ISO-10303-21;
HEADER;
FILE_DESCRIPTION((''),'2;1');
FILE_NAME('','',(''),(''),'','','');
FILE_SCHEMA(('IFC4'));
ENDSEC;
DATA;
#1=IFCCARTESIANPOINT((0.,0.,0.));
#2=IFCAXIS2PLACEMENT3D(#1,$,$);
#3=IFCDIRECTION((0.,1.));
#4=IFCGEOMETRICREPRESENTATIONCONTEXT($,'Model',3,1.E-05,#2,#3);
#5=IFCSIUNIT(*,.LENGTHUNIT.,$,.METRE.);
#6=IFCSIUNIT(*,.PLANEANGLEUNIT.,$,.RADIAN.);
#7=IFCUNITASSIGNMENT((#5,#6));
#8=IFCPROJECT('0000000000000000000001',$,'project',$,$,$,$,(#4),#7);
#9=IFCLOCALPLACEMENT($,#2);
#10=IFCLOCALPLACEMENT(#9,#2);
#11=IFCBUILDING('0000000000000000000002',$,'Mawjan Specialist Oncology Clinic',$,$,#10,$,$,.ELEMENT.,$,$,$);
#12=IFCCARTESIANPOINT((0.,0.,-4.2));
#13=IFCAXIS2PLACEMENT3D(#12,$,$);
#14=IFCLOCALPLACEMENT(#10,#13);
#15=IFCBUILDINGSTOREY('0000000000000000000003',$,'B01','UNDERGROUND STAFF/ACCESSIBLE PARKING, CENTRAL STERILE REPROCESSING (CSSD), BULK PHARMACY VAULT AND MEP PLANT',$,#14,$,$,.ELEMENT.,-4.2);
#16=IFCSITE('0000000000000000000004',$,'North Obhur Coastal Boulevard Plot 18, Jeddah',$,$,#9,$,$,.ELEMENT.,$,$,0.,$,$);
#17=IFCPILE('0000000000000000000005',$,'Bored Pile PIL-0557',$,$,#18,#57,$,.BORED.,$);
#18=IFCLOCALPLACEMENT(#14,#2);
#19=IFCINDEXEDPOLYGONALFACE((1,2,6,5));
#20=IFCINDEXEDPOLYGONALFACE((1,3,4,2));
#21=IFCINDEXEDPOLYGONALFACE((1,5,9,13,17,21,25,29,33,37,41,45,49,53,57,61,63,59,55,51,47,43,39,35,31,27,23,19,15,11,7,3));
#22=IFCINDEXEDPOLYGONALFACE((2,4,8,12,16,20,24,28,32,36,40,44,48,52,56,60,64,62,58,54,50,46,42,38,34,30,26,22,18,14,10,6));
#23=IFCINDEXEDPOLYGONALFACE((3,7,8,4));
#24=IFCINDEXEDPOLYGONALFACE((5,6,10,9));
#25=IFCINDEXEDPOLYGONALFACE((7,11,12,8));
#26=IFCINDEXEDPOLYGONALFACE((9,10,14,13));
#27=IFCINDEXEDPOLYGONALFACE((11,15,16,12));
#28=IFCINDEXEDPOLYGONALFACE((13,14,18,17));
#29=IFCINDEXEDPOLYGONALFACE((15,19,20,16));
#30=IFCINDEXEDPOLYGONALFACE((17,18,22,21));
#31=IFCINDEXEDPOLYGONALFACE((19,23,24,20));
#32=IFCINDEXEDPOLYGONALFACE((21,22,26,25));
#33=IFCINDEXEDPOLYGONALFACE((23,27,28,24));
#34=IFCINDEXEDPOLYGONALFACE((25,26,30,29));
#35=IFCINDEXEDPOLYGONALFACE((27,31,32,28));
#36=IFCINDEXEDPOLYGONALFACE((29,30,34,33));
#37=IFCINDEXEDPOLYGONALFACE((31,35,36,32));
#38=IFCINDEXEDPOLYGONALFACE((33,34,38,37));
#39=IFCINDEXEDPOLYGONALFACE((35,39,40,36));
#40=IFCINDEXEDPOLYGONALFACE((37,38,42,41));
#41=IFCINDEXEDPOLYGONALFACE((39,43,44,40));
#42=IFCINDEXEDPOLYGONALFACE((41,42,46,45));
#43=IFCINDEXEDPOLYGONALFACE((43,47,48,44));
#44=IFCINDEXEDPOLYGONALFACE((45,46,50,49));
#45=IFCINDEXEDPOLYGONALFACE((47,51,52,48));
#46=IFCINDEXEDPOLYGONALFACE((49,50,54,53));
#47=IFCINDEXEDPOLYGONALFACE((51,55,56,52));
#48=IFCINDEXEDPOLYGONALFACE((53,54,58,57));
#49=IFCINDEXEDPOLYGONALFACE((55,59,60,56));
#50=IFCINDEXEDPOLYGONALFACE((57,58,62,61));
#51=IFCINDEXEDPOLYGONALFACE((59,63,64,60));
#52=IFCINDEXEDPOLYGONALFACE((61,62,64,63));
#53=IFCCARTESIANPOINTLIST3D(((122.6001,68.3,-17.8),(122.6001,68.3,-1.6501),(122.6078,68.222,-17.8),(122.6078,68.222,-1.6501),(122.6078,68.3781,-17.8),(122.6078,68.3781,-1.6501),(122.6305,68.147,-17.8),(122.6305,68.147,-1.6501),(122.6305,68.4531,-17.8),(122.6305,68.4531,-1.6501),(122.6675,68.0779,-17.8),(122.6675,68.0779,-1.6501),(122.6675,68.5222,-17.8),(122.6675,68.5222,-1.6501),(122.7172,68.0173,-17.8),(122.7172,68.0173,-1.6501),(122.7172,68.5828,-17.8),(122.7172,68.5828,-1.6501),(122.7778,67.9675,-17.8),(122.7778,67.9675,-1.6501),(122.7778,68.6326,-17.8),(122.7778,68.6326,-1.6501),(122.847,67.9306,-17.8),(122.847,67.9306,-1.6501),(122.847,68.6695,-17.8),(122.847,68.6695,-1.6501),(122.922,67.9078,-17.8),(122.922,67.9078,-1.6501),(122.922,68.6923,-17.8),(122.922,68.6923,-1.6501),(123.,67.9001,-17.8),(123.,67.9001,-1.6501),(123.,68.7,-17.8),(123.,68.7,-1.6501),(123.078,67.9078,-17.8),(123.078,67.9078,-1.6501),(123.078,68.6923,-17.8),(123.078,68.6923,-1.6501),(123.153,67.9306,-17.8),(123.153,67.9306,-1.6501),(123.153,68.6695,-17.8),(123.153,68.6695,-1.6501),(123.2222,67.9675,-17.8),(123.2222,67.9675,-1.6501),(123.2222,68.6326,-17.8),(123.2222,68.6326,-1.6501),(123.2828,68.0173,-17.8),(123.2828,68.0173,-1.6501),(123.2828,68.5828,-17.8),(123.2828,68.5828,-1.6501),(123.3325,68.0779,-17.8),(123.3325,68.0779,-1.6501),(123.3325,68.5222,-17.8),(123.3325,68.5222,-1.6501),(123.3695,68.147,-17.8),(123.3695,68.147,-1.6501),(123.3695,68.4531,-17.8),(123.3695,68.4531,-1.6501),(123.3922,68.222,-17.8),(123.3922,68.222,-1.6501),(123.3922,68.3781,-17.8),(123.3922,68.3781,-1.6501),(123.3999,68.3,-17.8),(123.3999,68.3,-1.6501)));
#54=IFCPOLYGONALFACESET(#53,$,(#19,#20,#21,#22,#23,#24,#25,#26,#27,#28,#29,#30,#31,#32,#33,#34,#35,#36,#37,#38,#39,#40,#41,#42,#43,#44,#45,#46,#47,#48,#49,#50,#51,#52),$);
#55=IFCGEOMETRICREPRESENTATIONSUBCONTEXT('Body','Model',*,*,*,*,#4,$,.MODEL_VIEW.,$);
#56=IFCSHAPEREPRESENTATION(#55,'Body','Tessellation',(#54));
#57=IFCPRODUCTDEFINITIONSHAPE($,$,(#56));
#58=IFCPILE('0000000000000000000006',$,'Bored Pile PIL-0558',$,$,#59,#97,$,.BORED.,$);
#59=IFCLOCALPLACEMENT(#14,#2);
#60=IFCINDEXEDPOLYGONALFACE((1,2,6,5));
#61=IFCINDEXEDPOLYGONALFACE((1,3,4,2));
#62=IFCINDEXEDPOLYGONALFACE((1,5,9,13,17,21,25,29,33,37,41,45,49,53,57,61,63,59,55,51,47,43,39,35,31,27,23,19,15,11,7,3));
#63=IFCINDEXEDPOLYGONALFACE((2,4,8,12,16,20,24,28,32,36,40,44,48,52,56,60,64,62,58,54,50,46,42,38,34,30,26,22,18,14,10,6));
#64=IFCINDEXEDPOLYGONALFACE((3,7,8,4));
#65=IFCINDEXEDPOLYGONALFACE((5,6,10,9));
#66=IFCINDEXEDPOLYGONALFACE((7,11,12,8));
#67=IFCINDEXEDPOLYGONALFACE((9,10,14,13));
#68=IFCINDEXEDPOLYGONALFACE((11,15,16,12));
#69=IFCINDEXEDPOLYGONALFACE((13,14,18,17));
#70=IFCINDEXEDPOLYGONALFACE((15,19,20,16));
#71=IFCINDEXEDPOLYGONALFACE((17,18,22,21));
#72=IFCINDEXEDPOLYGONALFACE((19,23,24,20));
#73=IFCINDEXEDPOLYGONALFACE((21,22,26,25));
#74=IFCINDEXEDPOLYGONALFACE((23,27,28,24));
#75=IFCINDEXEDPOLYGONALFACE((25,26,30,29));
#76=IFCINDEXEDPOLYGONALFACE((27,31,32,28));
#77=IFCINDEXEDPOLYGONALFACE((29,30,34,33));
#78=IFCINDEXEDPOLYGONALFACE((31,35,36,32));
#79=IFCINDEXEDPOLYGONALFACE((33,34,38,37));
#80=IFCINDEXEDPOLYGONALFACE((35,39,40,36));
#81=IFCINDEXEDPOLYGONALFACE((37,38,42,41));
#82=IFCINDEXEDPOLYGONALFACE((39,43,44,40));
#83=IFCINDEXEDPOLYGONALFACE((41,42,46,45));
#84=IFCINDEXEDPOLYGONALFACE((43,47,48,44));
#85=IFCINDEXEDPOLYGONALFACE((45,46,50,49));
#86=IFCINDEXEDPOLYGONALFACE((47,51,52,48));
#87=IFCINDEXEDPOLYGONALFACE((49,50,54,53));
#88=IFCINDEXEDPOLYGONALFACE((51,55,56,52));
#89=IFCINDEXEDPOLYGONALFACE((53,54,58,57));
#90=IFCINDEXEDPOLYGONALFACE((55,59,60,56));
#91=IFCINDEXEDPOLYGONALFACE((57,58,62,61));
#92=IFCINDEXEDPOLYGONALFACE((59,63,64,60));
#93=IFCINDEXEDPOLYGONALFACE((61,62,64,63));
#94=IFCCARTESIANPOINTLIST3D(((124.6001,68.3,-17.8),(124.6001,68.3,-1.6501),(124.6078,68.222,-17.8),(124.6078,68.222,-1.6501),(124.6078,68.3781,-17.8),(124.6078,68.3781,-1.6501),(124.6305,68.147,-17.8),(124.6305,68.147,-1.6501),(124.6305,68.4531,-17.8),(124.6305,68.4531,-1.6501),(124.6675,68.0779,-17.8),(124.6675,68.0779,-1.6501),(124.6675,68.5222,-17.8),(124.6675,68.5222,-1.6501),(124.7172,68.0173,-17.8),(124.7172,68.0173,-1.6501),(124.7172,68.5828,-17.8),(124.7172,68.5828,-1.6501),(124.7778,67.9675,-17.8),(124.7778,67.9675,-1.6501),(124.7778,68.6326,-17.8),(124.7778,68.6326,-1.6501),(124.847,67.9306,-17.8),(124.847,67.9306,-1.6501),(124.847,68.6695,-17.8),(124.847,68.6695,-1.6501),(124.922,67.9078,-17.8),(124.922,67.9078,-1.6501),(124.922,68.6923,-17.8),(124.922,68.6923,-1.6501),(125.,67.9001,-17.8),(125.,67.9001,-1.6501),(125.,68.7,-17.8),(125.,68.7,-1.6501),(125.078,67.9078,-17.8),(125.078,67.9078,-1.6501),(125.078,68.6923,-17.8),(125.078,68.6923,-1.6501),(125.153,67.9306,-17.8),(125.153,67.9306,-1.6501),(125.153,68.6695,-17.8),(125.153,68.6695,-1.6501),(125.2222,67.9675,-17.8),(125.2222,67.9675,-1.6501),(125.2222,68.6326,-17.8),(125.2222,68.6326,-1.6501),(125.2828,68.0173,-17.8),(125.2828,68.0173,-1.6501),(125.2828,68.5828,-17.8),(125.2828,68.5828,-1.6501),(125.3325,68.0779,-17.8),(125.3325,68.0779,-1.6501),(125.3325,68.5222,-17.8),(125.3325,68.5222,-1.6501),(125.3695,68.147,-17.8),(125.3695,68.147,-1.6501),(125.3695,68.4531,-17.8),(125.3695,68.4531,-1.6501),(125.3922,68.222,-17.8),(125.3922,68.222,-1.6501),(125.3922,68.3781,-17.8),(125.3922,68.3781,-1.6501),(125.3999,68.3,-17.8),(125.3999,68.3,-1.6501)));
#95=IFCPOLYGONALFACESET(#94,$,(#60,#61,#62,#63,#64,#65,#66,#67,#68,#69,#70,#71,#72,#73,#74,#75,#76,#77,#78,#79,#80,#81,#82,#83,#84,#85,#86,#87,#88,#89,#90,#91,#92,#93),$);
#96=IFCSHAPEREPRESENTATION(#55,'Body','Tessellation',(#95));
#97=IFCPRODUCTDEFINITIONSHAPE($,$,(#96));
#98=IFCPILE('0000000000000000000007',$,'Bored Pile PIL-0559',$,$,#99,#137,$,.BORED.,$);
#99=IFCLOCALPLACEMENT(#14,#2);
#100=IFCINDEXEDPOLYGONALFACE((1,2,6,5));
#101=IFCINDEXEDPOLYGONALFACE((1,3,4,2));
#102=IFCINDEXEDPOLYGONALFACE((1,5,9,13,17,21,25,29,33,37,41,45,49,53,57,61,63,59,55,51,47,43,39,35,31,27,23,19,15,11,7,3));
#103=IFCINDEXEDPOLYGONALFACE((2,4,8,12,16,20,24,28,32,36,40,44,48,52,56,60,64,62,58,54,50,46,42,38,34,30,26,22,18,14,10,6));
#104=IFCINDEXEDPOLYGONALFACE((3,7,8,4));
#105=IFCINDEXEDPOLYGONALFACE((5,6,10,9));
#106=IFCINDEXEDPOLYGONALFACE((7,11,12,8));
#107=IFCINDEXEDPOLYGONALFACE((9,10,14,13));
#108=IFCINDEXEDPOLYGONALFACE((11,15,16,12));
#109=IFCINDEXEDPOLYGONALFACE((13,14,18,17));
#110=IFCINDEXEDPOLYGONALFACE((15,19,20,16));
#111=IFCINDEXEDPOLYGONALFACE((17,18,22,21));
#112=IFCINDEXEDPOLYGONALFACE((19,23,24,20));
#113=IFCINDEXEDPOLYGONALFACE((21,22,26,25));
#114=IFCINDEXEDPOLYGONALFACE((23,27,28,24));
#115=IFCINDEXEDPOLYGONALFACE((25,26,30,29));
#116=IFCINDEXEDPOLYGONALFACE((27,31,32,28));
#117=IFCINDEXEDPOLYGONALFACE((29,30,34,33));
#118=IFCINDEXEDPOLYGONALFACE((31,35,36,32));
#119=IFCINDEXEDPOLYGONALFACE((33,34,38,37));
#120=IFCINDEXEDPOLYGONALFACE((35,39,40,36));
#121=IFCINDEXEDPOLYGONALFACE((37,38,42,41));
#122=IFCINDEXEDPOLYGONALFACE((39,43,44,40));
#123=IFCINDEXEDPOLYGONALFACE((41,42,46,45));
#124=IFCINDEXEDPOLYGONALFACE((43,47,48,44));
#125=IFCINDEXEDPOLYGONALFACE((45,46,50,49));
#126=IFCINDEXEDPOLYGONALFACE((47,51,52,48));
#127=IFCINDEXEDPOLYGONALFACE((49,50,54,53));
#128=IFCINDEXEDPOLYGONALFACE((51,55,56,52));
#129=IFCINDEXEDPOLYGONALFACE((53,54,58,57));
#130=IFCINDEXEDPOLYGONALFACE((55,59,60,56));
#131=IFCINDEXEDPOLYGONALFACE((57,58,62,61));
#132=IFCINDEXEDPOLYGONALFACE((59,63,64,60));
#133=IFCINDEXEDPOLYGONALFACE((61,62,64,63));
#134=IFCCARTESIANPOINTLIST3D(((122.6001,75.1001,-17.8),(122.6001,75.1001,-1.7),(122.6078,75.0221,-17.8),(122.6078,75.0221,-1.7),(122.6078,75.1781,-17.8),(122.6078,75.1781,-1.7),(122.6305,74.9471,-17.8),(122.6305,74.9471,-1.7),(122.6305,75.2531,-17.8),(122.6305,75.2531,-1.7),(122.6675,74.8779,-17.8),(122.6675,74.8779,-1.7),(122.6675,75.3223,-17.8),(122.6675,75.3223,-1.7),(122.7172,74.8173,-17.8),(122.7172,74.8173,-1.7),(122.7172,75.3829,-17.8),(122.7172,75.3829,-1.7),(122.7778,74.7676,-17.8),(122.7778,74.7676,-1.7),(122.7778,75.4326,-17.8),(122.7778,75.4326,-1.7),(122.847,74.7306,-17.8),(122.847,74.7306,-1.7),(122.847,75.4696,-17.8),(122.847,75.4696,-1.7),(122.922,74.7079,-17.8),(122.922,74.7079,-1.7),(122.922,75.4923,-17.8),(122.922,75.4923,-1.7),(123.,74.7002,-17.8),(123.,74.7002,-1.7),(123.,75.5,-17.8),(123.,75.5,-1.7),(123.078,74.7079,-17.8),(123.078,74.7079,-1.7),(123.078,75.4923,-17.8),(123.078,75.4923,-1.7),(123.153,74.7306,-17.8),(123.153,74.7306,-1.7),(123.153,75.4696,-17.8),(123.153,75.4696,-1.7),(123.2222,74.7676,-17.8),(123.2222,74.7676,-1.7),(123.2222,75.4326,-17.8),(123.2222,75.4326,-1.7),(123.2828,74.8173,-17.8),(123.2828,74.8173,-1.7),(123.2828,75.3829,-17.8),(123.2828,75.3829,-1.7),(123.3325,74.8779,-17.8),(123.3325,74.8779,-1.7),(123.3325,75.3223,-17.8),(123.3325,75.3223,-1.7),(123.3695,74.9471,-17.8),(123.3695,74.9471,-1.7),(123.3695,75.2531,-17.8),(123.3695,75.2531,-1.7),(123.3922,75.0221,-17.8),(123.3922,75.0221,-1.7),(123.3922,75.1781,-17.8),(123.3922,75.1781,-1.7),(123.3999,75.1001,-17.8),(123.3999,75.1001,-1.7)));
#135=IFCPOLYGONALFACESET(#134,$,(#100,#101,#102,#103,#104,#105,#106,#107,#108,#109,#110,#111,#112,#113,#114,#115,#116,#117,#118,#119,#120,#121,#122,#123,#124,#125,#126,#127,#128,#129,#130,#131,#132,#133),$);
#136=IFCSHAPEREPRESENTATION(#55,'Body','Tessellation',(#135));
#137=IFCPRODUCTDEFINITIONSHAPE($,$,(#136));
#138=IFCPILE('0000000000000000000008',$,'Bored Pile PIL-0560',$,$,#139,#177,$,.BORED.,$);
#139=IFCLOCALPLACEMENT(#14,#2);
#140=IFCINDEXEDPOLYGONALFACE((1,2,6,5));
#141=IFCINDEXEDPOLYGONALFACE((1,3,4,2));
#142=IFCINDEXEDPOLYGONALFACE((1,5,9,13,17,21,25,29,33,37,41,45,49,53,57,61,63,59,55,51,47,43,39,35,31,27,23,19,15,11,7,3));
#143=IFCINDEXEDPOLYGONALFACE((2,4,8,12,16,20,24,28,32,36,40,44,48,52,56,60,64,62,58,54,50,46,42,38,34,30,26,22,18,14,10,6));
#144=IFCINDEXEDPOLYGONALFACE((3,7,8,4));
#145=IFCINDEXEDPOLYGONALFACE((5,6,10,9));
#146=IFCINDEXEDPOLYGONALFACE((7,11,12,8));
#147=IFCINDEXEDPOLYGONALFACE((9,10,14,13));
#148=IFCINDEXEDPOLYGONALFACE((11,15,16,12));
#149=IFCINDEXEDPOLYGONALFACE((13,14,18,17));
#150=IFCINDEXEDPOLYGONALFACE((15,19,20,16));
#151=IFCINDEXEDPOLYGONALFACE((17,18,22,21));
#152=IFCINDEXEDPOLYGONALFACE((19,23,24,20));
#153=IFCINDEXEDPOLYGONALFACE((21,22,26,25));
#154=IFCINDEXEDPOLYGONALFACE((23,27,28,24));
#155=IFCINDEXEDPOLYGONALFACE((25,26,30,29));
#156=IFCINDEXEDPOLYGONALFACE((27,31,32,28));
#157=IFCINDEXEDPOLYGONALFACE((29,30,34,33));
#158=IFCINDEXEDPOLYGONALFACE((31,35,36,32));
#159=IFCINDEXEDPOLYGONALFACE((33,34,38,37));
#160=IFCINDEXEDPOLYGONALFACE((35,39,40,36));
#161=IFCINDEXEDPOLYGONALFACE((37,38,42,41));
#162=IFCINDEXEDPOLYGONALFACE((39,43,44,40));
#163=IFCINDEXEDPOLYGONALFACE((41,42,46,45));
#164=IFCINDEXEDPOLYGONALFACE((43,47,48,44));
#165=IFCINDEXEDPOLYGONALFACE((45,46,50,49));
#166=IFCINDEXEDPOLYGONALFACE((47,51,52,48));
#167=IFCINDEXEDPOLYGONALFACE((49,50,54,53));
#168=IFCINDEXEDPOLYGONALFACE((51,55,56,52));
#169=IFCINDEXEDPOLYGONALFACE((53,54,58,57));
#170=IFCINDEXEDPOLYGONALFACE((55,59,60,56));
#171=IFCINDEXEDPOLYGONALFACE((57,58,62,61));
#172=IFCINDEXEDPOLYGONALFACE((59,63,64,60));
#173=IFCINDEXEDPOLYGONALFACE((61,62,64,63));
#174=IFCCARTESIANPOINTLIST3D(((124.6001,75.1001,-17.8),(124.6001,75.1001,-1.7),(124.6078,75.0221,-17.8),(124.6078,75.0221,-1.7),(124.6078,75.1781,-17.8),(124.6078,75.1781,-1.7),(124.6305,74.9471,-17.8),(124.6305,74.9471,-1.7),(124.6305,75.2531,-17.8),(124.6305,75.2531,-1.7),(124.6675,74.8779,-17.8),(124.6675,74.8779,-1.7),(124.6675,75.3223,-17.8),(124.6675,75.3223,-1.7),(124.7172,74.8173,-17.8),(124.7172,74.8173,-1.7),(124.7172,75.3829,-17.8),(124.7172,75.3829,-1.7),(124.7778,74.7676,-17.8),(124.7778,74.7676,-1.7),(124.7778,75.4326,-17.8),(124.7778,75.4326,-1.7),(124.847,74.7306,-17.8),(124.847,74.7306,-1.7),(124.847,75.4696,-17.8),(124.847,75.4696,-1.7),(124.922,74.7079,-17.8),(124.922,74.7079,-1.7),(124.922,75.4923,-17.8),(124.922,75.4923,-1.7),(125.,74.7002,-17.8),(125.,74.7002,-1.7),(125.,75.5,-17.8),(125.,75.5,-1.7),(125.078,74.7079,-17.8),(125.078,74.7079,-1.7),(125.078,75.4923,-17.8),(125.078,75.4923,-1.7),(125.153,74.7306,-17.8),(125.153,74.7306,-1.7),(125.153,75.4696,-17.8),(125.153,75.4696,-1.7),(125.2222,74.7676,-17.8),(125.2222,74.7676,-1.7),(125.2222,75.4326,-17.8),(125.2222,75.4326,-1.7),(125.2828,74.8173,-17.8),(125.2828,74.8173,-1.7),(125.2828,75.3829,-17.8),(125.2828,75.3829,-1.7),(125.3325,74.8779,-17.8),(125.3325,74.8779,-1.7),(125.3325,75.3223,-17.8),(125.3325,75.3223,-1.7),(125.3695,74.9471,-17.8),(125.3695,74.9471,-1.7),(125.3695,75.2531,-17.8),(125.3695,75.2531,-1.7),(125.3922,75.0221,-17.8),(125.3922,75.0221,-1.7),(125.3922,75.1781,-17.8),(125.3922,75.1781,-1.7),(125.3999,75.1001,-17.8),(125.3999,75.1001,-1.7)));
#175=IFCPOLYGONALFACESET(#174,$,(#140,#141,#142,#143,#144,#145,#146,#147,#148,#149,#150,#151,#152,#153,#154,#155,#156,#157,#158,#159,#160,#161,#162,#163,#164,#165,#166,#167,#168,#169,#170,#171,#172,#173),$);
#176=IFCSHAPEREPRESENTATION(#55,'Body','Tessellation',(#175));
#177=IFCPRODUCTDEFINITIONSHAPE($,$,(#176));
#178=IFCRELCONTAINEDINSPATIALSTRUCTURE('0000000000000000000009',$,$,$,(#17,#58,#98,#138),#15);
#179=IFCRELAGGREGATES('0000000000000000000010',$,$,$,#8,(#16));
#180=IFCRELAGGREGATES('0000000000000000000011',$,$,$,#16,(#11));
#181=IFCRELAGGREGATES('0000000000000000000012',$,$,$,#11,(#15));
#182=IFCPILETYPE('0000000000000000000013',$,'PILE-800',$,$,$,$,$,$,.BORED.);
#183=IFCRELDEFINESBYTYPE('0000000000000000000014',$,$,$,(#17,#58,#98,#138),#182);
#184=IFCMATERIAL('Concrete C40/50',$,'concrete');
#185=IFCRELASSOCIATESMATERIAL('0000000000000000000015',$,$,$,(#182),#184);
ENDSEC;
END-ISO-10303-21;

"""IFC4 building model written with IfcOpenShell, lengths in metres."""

from ifc_helpers import new_model, si_unit, direction, frame, origin, origin_2d, place, context, subcontext, project, spatial, circle, extrude, material, material_profile, profile_set, type_object, element, save


model = new_model("IFC4")

# Units and contexts
model_context = context("Model", 3, precision=1e-05, world=origin(), true_north=direction((0.0, 1.0)))
body_context = subcontext(model_context, "Body", "Model", "MODEL_VIEW")
ifc_project = project(units=[si_unit("LENGTHUNIT", "METRE"), si_unit("PLANEANGLEUNIT", "RADIAN")], contexts=[model_context])

# Site, building, storey
site_placement = place(None, origin())
site = spatial("IfcSite", under=ifc_project, at=site_placement, Name="North Obhur Coastal Boulevard Plot 18, Jeddah", CompositionType="ELEMENT", RefElevation=0.0)
building_placement = place(site_placement, origin())
building = spatial("IfcBuilding", under=site, at=building_placement, Name="Mawjan Specialist Oncology Clinic", CompositionType="ELEMENT")
storey_placement = place(building_placement, frame((0.0, 0.0, -4.2)))
storey = spatial("IfcBuildingStorey", under=building, at=storey_placement, Name="B01", Description="UNDERGROUND STAFF/ACCESSIBLE PARKING, CENTRAL STERILE REPROCESSING (CSSD), BULK PHARMACY VAULT AND MEP PLANT", CompositionType="ELEMENT", Elevation=-4.2)

# Piles
ifc_material_1 = material(Name="Concrete C40/50", Category="concrete")
ifc_material_profile_1 = material_profile(ifc_material_1, circle(Radius=0.3999, at=origin_2d()), Name="BORED PILE D800", Category="concrete")
ifc_profile_set_1 = profile_set([ifc_material_profile_1], Name="Concrete C40/50")
pile_type = type_object("IfcPileType", Name="PILE-800", PredefinedType="BORED", material=ifc_profile_set_1)
for number, where, z_axis, x_axis, name in (
    (1, (123.0, 68.3, -1.6501), (0.0, 0.0, -1.0), (1.0, 0.0, 0.0), "Bored Pile PIL-0557"),
    (2, (125.0, 68.3, -1.6501), (0.0, 0.0, -1.0), (1.0, 0.0, 0.0), "Bored Pile PIL-0558"),
):
    element("IfcPile", number, at=place(storey_placement, frame(where, z_axis=z_axis, x_axis=x_axis)), inside=storey, type_object=pile_type, Name=name, PredefinedType="BORED", context=body_context, shape_type="SweptSolid", body=[
        extrude(circle(Radius=0.3999, at=origin_2d()), origin(), (0.0, 0.0, 1.0), 16.1499),
    ])
for number, where, z_axis, x_axis, name in (
    (3, (123.0, 75.1001, -1.7), (0.0, 0.0, -1.0), (1.0, 0.0, 0.0), "Bored Pile PIL-0559"),
    (4, (125.0, 75.1001, -1.7), (0.0, 0.0, -1.0), (1.0, 0.0, 0.0), "Bored Pile PIL-0560"),
):
    element("IfcPile", number, at=place(storey_placement, frame(where, z_axis=z_axis, x_axis=x_axis)), inside=storey, type_object=pile_type, Name=name, PredefinedType="BORED", context=body_context, shape_type="SweptSolid", body=[
        extrude(circle(Radius=0.3999, at=origin_2d()), origin(), (0.0, 0.0, 1.0), 16.1001),
    ])

save(model, "model.ifc")
